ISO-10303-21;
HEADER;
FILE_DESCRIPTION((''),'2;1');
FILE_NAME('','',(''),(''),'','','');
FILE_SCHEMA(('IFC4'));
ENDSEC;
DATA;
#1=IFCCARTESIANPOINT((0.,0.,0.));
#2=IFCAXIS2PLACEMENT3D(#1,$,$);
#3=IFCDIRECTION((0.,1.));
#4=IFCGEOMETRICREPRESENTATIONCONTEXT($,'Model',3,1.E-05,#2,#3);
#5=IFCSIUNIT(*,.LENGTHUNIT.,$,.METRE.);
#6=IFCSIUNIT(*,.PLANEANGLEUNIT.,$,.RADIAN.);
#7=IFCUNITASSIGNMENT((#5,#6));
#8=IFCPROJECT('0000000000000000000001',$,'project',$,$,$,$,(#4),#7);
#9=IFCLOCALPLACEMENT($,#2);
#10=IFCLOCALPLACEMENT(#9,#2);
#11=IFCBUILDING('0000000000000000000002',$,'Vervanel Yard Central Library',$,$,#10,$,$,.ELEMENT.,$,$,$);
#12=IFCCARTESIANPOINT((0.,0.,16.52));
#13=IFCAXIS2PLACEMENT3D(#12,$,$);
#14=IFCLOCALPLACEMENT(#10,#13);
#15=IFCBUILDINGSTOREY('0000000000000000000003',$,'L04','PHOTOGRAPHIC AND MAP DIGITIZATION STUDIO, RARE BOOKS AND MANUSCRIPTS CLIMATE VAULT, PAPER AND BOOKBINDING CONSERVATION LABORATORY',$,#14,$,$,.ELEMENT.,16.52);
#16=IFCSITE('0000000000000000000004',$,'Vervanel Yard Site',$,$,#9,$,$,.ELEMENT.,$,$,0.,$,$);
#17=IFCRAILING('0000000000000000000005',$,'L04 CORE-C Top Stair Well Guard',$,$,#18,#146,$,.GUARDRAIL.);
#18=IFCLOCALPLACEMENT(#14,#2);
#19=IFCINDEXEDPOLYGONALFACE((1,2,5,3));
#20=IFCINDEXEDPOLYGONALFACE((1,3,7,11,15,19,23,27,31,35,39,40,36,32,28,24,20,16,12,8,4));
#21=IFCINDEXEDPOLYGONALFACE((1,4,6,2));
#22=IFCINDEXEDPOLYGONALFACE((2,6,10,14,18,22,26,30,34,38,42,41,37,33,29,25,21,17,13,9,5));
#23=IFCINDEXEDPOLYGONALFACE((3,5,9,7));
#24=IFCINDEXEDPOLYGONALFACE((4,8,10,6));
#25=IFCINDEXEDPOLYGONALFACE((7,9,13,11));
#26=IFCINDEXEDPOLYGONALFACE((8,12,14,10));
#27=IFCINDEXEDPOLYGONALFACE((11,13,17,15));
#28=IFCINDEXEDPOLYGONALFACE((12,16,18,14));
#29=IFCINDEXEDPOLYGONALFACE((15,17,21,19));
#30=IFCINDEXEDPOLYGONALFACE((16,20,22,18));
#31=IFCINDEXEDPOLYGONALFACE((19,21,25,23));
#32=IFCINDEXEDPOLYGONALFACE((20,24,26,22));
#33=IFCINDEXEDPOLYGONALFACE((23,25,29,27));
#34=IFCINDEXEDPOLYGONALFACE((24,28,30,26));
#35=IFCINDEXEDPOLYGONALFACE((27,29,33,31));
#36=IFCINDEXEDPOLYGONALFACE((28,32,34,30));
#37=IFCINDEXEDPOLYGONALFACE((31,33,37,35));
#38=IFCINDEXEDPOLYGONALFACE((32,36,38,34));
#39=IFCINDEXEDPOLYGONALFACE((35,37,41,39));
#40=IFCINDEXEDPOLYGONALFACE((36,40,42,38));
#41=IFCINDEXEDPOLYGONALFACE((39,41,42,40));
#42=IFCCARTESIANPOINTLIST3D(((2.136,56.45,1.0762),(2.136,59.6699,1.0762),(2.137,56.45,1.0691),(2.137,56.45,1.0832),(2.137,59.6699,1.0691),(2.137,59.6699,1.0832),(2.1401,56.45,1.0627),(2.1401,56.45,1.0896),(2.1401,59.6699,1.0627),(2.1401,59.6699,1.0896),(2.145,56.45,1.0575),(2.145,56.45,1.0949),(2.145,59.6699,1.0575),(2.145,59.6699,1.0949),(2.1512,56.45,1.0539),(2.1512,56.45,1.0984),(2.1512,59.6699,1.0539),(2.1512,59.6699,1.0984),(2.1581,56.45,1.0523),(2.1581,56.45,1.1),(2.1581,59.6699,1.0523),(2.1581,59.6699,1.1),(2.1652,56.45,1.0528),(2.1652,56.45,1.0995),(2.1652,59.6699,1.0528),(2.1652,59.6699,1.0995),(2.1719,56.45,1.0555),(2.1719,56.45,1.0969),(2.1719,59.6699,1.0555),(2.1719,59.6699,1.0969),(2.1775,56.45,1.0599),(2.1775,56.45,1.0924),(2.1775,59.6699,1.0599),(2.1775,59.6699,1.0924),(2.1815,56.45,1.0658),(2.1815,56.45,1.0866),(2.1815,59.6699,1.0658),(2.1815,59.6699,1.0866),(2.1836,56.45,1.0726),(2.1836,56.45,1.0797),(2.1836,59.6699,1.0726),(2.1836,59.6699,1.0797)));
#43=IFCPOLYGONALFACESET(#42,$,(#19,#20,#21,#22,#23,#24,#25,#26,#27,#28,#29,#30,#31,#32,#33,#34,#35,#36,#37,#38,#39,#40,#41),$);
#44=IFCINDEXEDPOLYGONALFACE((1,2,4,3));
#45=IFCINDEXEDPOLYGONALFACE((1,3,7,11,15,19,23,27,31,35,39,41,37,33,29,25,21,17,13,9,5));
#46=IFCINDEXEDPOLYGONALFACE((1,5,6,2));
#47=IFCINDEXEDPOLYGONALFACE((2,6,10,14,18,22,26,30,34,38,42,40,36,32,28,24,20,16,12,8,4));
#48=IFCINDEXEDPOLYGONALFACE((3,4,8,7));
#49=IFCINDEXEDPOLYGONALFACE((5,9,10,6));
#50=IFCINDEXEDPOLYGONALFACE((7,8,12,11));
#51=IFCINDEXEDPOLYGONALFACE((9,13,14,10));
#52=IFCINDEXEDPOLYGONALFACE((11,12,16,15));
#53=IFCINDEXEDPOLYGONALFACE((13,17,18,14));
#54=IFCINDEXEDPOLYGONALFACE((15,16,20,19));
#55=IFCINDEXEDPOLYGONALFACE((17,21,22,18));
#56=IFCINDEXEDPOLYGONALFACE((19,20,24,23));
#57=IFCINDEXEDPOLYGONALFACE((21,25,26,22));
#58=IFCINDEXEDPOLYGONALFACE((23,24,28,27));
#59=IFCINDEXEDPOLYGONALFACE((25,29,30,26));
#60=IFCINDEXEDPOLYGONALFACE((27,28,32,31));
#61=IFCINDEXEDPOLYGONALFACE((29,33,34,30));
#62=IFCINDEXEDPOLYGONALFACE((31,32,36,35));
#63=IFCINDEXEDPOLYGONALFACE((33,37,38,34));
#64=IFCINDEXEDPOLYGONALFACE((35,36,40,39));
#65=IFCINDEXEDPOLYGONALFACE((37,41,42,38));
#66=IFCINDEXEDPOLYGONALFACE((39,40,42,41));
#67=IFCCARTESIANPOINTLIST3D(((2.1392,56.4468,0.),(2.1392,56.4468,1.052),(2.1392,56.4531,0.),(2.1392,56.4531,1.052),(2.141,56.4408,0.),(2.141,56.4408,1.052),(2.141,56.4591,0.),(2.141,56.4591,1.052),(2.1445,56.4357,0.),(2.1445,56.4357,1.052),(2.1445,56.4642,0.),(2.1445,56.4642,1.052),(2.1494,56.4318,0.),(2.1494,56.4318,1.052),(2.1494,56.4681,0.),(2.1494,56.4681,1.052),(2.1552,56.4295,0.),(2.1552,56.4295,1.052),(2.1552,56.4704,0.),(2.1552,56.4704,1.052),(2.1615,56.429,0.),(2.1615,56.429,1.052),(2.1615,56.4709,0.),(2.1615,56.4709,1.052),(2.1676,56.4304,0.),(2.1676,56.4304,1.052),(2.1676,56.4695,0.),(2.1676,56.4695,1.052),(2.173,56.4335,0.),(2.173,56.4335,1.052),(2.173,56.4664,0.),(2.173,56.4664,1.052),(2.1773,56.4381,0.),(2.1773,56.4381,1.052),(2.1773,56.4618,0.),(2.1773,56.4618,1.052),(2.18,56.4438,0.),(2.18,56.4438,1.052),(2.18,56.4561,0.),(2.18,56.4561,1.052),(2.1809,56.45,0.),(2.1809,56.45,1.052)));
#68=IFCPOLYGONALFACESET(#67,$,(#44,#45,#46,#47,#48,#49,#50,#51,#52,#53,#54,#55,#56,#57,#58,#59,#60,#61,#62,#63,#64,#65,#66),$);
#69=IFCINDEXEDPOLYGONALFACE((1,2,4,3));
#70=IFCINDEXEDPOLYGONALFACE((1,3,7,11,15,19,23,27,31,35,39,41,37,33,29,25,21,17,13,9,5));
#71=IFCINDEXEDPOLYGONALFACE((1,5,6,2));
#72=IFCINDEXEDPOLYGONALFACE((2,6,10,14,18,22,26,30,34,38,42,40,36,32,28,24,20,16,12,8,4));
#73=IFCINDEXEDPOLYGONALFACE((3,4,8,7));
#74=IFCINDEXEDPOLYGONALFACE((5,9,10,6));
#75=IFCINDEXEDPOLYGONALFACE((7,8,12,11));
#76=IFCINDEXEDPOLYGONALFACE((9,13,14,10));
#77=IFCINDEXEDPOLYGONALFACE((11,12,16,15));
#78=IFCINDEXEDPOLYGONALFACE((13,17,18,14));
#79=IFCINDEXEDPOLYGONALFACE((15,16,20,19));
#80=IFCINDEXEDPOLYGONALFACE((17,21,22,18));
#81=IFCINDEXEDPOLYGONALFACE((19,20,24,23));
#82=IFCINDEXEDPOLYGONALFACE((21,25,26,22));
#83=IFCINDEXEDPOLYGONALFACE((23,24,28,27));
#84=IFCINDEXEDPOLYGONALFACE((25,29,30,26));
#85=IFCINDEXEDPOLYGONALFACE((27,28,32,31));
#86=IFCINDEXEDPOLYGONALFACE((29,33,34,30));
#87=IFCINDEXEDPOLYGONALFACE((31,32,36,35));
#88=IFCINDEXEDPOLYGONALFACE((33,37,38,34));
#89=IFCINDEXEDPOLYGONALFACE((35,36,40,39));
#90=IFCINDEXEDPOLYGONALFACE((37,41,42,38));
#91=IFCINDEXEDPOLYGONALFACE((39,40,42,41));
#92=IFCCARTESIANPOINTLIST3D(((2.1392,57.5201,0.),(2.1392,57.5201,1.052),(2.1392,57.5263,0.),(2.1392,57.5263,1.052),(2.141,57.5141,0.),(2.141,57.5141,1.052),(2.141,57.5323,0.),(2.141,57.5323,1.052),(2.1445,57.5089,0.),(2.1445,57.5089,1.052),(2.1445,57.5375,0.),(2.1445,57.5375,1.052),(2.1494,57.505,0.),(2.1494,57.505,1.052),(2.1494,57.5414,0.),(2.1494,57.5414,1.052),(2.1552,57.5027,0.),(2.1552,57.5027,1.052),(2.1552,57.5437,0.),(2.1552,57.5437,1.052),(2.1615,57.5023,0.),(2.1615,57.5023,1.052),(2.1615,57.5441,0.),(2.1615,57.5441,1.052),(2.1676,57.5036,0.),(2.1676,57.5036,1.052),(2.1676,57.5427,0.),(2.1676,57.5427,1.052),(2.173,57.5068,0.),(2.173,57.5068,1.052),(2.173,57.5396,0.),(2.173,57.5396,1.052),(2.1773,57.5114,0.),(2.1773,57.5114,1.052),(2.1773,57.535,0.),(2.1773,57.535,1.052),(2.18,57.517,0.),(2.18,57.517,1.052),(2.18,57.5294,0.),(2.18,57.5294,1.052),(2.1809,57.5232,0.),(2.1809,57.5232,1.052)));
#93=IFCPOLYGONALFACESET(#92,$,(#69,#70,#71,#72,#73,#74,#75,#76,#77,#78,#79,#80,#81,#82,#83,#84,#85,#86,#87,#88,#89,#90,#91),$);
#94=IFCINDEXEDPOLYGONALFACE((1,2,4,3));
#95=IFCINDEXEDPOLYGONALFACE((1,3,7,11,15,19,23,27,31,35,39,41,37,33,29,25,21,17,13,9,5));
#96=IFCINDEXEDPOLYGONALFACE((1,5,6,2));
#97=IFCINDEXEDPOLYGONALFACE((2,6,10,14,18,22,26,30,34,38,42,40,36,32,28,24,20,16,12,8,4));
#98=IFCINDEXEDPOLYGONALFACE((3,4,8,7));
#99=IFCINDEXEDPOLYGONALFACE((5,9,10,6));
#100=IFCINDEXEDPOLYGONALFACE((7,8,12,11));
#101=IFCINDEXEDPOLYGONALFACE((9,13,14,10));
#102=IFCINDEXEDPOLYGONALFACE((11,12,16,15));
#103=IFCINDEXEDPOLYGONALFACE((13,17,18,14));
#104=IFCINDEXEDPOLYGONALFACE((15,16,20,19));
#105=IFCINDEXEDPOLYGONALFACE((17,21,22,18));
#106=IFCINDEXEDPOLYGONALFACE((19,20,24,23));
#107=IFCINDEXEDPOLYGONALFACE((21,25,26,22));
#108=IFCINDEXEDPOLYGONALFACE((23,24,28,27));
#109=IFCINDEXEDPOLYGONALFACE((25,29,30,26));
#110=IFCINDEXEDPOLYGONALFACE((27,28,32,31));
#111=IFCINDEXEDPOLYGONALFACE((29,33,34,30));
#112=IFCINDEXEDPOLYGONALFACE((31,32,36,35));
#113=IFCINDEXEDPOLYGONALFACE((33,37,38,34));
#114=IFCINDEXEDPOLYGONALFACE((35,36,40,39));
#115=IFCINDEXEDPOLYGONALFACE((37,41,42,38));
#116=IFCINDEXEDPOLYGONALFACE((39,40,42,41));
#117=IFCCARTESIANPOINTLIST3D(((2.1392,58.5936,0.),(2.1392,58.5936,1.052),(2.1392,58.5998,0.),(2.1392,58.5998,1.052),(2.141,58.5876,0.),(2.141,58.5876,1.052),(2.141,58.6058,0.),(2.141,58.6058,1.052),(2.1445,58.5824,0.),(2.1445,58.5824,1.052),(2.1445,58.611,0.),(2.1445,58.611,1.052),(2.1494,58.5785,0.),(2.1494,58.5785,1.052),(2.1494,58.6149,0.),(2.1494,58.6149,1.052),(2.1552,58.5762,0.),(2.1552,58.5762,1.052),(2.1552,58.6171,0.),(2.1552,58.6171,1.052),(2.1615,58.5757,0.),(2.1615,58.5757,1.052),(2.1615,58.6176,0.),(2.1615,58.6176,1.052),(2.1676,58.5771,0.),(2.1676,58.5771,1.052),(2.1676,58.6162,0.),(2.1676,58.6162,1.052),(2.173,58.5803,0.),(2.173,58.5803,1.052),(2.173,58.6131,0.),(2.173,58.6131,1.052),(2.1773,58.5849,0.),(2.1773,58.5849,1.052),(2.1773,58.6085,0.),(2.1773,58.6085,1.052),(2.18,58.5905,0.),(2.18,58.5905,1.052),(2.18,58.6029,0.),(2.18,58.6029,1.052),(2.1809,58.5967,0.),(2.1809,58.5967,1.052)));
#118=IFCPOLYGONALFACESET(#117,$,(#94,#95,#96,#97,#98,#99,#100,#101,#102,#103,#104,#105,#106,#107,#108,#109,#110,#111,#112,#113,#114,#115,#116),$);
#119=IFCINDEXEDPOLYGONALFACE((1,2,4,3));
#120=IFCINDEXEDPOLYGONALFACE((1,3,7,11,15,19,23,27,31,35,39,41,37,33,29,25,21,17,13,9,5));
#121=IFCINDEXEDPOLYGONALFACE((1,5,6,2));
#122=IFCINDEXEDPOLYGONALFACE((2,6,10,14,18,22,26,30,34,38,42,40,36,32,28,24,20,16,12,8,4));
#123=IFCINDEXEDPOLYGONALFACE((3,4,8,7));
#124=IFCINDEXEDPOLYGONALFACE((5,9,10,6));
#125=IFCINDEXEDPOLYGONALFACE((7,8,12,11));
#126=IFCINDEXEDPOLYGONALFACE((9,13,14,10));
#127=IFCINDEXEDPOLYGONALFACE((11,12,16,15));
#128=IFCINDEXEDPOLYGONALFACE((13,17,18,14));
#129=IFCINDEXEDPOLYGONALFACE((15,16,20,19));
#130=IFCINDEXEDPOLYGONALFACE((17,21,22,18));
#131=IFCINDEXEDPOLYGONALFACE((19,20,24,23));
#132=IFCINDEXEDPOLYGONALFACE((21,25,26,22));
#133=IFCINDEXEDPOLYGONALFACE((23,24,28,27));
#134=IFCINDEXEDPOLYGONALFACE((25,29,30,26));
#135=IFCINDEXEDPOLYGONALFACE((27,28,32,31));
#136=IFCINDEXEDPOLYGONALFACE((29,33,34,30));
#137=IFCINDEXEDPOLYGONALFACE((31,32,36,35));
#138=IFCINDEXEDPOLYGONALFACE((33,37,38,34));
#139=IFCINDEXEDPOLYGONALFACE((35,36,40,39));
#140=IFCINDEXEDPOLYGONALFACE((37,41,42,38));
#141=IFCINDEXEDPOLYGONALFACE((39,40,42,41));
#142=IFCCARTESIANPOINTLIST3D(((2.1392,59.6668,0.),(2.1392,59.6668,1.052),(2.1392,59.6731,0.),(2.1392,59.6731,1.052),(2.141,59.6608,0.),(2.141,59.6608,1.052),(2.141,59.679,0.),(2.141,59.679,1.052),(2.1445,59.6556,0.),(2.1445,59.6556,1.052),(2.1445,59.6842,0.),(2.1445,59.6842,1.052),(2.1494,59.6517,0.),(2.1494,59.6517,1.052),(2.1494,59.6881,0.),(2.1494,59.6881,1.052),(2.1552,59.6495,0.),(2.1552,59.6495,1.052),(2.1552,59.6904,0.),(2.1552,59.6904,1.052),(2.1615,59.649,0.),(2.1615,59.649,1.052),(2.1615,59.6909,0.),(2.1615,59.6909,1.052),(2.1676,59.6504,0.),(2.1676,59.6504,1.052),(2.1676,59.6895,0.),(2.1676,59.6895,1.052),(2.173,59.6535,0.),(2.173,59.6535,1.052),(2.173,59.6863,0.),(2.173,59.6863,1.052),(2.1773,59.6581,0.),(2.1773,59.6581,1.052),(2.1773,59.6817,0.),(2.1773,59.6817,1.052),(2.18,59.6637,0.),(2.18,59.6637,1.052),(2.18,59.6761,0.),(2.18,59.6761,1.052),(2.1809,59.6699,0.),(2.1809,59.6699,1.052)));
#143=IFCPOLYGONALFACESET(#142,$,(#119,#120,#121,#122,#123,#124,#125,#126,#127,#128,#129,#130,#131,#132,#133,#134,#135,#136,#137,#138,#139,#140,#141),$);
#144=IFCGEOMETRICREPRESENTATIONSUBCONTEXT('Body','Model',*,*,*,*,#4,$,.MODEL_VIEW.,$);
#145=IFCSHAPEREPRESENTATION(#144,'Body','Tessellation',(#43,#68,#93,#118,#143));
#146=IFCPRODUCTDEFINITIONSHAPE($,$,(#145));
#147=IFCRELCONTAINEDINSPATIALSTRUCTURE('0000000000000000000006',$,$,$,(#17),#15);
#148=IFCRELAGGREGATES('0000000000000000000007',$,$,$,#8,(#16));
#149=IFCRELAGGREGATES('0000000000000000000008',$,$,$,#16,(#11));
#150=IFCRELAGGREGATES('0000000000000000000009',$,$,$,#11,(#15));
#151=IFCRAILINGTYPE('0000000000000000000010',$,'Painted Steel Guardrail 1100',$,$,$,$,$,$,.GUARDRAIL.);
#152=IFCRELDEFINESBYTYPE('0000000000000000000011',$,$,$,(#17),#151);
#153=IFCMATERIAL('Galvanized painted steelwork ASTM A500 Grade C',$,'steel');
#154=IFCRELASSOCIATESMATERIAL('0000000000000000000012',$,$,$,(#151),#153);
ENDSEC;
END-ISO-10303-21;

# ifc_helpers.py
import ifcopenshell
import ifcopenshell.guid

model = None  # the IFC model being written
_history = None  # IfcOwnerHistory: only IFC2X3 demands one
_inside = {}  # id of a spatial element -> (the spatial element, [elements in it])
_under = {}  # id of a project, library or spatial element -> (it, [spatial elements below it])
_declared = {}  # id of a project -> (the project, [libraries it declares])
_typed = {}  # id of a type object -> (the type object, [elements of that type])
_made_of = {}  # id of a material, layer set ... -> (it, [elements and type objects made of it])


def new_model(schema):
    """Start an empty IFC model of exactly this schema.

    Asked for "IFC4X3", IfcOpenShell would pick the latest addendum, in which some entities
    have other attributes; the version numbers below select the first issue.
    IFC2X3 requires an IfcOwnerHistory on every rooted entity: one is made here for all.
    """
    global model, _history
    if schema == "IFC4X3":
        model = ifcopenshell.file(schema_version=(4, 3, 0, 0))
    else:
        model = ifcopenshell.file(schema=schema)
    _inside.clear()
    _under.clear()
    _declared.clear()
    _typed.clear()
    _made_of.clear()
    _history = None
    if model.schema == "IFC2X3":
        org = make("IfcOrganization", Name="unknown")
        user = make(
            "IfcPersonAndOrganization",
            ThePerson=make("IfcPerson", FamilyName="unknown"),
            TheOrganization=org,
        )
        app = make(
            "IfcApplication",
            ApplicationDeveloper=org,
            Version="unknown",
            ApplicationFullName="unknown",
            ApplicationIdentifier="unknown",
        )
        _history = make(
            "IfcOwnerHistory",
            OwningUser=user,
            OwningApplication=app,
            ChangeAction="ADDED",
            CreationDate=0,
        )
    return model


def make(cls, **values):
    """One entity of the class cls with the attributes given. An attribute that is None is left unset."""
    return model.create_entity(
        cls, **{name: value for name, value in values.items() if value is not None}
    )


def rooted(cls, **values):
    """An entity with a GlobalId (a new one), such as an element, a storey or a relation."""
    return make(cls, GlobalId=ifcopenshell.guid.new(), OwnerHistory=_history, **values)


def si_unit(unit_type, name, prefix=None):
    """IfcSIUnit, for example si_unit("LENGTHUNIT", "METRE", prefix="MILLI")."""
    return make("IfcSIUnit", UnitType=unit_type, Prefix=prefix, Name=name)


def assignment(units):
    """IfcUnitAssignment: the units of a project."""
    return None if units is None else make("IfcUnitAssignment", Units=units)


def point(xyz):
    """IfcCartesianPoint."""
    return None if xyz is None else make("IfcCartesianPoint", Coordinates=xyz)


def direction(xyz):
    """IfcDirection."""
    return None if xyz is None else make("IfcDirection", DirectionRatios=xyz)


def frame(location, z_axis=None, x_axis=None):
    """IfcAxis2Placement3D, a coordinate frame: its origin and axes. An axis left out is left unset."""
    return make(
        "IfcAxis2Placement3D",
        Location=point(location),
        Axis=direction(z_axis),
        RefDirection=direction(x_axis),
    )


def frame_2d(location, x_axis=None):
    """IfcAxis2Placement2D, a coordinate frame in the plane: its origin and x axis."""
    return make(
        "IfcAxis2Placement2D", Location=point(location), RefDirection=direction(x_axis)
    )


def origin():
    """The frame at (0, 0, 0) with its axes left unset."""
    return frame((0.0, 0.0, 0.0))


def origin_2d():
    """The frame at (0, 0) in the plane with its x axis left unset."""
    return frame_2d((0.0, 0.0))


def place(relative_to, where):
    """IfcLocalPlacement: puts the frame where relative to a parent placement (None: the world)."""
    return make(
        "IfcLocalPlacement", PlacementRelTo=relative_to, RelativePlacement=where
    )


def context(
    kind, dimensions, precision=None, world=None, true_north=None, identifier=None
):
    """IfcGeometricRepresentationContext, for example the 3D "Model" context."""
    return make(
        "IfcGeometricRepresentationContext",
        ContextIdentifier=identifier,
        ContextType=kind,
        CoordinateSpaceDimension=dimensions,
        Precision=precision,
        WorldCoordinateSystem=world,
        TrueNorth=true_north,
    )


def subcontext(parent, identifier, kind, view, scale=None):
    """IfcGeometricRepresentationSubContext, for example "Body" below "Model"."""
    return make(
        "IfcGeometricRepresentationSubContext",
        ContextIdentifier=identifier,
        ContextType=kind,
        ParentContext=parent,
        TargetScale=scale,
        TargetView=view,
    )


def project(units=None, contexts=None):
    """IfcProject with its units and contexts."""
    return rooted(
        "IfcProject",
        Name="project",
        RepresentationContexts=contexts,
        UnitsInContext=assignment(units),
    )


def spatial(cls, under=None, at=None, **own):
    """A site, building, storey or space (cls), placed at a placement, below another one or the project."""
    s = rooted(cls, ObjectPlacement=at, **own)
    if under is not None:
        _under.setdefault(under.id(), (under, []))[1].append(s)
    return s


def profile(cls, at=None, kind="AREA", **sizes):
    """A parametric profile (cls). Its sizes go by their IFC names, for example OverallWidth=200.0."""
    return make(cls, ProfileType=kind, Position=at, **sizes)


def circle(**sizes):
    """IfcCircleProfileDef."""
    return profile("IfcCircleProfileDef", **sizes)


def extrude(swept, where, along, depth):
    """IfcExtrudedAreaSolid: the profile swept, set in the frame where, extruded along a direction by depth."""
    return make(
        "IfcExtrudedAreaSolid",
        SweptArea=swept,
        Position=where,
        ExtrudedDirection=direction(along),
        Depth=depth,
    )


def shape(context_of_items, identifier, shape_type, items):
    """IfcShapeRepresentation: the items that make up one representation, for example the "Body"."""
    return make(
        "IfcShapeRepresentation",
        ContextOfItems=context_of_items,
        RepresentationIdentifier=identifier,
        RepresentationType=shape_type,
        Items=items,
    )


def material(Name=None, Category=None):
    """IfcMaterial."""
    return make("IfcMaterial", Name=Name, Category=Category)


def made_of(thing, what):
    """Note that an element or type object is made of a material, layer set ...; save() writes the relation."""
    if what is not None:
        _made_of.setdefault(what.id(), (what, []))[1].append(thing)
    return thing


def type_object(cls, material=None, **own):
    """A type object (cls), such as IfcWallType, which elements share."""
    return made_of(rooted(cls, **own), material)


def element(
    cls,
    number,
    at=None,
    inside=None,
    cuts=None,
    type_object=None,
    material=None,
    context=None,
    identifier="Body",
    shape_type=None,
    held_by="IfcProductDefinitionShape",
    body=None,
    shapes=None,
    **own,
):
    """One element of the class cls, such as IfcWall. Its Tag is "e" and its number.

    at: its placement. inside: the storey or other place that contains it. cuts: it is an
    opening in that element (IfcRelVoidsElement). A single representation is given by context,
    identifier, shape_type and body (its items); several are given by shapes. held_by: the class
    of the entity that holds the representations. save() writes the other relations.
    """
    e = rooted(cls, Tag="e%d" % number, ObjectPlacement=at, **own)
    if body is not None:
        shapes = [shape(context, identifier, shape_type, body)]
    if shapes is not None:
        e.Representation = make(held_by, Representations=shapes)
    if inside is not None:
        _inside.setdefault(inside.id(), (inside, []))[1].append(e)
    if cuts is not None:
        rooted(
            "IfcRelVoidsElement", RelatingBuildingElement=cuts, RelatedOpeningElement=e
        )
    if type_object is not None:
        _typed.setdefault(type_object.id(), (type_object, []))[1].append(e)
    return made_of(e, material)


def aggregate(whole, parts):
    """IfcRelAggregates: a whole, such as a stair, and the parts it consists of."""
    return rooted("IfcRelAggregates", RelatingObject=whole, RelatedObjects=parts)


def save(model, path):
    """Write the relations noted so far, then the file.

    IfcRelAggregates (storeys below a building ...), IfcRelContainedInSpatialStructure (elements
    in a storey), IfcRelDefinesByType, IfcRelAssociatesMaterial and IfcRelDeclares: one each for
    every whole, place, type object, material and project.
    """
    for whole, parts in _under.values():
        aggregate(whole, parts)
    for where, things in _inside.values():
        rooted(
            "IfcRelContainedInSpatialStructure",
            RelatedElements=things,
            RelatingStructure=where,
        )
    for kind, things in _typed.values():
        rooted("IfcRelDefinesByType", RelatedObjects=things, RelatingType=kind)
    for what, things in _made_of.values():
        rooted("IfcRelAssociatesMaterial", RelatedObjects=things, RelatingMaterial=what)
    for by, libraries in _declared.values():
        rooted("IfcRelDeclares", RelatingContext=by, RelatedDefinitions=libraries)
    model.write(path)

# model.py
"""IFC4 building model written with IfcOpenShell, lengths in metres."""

from ifc_helpers import new_model, si_unit, direction, frame, origin, origin_2d, place, context, subcontext, project, spatial, circle, extrude, material, type_object, element, save


model = new_model("IFC4")

# Units and contexts
model_context = context("Model", 3, precision=1e-05, world=origin(), true_north=direction((0.0, 1.0)))
body_context = subcontext(model_context, "Body", "Model", "MODEL_VIEW")
ifc_project = project(units=[si_unit("LENGTHUNIT", "METRE"), si_unit("PLANEANGLEUNIT", "RADIAN")], contexts=[model_context])

# Site, building, storey
site_placement = place(None, origin())
site = spatial("IfcSite", under=ifc_project, at=site_placement, Name="Vervanel Yard Site", CompositionType="ELEMENT", RefElevation=0.0)
building_placement = place(site_placement, origin())
building = spatial("IfcBuilding", under=site, at=building_placement, Name="Vervanel Yard Central Library", CompositionType="ELEMENT")
storey_placement = place(building_placement, frame((0.0, 0.0, 16.52)))
storey = spatial("IfcBuildingStorey", under=building, at=storey_placement, Name="L04", Description="PHOTOGRAPHIC AND MAP DIGITIZATION STUDIO, RARE BOOKS AND MANUSCRIPTS CLIMATE VAULT, PAPER AND BOOKBINDING CONSERVATION LABORATORY", CompositionType="ELEMENT", Elevation=16.52)

# Shared definitions
ifc_material_1 = material(Name="Galvanized painted steelwork ASTM A500 Grade C", Category="steel")

# Railing
railing_type_1 = type_object("IfcRailingType", Name="Painted Steel Guardrail 1100", PredefinedType="GUARDRAIL", material=ifc_material_1)
railing_1_placement = place(storey_placement, frame((2.1599, 56.45, 0.0)))
element("IfcRailing", 1, at=railing_1_placement, inside=storey, type_object=railing_type_1, Name="L04 CORE-C Top Stair Well Guard", PredefinedType="GUARDRAIL", context=body_context, shape_type="SweptSolid", body=[
    extrude(circle(Radius=0.0239, at=origin_2d()), frame((0.0, 0.0, 1.0762), z_axis=(0.0, 1.0, 0.0), x_axis=(-1.0, 0.0, 0.0)), (0.0, 0.0, 1.0), 3.22),
    extrude(circle(Radius=0.021, at=origin_2d()), origin(), (0.0, 0.0, 1.0), 1.052),
    extrude(circle(Radius=0.021, at=origin_2d()), frame((0.0, 1.0732, 0.0)), (0.0, 0.0, 1.0), 1.052),
    extrude(circle(Radius=0.021, at=origin_2d()), frame((0.0, 2.1467, 0.0)), (0.0, 0.0, 1.0), 1.052),
    extrude(circle(Radius=0.021, at=origin_2d()), frame((0.0, 3.22, 0.0)), (0.0, 0.0, 1.0), 1.052),
])

save(model, "model.ifc")
